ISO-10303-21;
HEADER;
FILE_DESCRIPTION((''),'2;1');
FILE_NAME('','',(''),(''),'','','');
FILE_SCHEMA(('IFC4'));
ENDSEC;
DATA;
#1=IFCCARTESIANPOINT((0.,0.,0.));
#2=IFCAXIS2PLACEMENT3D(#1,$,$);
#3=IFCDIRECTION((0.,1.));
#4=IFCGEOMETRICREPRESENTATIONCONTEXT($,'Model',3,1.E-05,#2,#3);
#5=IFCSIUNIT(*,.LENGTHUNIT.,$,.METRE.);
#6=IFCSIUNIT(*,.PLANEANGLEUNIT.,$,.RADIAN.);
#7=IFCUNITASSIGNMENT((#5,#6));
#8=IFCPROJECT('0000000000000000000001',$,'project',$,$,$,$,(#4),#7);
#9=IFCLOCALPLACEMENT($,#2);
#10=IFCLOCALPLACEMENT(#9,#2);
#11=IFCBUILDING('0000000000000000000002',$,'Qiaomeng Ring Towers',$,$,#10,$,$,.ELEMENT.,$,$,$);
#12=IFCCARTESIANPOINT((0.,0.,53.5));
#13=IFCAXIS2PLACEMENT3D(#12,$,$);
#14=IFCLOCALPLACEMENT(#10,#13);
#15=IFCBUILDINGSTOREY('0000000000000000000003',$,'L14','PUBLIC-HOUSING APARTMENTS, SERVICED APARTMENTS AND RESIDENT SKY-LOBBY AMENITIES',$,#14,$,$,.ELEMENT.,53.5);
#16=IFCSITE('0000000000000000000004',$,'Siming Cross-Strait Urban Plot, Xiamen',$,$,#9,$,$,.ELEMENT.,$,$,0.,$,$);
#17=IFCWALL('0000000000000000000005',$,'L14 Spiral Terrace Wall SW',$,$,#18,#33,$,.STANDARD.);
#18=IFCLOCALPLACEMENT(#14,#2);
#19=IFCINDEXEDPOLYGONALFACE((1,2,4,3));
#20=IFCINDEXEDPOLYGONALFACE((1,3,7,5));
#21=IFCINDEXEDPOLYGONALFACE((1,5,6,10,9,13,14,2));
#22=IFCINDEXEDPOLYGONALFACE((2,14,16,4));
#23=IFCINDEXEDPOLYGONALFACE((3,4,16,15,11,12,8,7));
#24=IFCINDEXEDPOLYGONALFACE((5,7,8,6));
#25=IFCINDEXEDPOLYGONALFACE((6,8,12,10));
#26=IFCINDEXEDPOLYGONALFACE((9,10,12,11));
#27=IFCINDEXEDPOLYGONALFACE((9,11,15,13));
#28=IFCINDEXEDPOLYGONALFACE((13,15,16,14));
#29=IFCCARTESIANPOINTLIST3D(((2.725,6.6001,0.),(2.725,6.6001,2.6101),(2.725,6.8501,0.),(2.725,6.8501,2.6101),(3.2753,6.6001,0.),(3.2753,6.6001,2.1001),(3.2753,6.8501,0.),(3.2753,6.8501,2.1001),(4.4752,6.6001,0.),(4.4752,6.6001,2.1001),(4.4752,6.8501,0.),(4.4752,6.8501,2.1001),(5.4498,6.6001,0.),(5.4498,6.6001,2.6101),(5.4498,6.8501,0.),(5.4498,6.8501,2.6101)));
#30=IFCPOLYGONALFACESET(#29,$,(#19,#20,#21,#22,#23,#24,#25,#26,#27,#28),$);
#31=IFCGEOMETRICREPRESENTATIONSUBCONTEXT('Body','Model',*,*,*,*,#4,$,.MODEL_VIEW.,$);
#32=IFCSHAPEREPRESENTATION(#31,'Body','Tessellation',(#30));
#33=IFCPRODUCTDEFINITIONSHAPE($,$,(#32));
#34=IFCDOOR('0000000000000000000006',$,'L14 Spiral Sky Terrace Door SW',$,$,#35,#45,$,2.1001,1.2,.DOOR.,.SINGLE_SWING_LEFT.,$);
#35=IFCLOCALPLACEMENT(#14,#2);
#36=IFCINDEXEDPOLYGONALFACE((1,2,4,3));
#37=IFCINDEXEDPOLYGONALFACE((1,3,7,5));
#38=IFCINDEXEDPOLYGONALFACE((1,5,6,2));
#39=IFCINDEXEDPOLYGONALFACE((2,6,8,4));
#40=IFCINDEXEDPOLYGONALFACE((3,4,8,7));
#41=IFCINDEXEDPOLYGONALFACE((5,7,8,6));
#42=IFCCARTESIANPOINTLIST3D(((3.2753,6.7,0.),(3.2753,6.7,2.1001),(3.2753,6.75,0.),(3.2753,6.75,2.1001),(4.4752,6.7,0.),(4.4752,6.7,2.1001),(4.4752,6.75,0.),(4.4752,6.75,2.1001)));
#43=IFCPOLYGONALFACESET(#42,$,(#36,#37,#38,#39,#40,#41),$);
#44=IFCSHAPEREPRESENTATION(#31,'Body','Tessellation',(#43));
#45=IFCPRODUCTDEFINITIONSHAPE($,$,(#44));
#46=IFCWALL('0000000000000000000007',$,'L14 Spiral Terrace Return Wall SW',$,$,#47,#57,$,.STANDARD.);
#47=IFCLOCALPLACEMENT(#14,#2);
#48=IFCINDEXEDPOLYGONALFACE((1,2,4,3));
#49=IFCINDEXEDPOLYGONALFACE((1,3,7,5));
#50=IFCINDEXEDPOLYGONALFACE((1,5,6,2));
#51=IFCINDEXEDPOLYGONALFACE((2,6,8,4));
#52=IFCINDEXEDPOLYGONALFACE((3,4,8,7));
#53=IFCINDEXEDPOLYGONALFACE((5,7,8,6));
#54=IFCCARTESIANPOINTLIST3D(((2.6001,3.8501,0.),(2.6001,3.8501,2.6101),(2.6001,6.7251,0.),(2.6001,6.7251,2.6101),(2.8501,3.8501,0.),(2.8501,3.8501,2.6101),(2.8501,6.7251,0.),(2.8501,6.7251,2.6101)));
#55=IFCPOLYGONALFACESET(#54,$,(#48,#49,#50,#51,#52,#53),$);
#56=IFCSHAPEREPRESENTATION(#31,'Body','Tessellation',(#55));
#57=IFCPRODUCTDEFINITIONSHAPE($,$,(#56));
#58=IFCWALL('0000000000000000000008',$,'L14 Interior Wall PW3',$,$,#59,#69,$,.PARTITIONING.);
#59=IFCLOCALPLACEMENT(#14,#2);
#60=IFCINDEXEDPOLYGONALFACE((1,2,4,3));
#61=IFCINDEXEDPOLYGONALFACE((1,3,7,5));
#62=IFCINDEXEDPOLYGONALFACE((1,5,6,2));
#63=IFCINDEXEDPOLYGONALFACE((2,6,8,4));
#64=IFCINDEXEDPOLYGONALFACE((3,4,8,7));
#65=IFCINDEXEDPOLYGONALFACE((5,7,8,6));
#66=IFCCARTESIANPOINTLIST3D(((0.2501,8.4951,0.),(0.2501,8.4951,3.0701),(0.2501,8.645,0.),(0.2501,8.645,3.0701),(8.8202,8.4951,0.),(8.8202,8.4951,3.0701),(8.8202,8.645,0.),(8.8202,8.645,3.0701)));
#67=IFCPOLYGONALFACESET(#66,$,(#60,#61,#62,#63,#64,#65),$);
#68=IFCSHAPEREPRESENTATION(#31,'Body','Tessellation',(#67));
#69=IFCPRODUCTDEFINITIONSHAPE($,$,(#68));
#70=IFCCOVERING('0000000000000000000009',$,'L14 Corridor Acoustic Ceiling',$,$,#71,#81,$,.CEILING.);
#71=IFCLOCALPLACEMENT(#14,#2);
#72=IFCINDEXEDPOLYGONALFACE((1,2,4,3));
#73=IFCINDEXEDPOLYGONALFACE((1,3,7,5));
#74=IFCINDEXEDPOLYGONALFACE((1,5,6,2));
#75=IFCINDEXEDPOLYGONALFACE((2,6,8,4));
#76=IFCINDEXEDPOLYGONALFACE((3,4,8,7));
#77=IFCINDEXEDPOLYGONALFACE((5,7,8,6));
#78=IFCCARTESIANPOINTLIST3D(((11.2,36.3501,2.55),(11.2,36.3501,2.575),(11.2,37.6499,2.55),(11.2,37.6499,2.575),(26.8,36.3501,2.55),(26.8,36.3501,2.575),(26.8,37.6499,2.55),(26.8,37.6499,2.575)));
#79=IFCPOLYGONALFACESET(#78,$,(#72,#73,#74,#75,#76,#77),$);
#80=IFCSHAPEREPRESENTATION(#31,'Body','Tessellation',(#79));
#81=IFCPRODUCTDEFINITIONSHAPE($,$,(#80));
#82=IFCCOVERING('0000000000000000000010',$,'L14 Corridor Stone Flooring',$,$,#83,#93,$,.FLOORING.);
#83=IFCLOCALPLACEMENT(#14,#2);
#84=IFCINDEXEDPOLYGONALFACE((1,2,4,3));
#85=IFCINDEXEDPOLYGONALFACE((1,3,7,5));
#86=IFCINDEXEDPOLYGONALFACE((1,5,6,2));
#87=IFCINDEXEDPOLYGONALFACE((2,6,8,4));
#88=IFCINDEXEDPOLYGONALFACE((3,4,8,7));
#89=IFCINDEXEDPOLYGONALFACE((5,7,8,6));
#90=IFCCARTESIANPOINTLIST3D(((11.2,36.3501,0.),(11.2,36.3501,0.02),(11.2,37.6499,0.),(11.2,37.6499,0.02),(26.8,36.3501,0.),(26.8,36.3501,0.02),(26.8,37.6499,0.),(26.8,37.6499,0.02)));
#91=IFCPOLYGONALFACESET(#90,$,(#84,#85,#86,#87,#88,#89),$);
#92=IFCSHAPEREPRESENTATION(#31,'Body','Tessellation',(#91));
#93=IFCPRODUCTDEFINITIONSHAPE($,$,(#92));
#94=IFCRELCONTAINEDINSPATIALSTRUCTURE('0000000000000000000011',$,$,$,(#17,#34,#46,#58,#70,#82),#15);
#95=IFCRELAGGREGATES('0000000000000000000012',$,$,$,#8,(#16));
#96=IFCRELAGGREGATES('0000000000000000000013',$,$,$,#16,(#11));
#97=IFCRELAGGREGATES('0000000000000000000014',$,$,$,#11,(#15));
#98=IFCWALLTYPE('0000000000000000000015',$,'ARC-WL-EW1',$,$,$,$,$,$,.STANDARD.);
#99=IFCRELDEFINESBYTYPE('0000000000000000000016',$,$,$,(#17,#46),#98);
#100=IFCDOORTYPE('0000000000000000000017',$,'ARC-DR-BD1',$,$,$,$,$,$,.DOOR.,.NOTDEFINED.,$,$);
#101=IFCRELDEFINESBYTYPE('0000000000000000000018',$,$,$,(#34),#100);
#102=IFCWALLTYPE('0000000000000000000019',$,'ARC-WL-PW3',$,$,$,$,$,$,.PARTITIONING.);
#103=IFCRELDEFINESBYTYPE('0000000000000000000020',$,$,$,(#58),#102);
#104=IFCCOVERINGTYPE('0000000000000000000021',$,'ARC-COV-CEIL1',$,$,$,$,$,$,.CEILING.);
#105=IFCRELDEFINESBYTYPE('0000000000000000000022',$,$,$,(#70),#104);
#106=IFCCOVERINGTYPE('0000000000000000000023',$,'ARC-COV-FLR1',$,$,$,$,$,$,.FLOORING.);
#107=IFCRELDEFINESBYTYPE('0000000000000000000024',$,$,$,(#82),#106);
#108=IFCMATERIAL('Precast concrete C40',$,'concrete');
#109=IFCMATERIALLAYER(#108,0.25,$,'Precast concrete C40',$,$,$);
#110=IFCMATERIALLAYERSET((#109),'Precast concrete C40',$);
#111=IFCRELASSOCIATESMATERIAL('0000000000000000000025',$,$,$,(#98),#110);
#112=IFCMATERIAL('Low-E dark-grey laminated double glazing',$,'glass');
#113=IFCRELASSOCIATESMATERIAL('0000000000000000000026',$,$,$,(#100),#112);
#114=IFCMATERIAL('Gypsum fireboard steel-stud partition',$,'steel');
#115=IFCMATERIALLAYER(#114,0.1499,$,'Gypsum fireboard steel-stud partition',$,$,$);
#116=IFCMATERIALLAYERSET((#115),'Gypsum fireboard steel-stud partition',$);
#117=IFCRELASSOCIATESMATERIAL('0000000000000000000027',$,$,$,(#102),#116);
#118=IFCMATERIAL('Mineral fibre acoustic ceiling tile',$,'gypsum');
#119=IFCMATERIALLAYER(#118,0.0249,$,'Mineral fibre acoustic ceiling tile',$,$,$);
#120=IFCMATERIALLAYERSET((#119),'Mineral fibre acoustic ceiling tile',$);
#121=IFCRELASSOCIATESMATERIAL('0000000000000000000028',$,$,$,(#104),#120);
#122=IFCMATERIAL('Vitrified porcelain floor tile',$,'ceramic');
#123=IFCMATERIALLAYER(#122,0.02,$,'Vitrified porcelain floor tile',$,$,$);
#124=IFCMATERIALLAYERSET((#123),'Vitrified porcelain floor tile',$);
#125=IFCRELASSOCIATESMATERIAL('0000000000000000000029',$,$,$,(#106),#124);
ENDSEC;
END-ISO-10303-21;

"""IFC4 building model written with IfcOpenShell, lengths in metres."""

from ifc_helpers import new_model, si_unit, direction, frame, frame_2d, origin, place, context, subcontext, project, spatial, polyline, rectangle, outline, extrude, source, transform, mapped, material, layer, layer_set, type_object, element, fill, save


model = new_model("IFC4")

# Units and contexts
model_context = context("Model", 3, precision=1e-05, world=origin(), true_north=direction((0.0, 1.0)))
body_context = subcontext(model_context, "Body", "Model", "MODEL_VIEW")
ifc_project = project(units=[si_unit("LENGTHUNIT", "METRE"), si_unit("PLANEANGLEUNIT", "RADIAN")], contexts=[model_context])

# Site, building, storey
site_placement = place(None, origin())
site = spatial("IfcSite", under=ifc_project, at=site_placement, Name="Siming Cross-Strait Urban Plot, Xiamen", CompositionType="ELEMENT", RefElevation=0.0)
building_placement = place(site_placement, origin())
building = spatial("IfcBuilding", under=site, at=building_placement, Name="Qiaomeng Ring Towers", CompositionType="ELEMENT")
storey_placement = place(building_placement, frame((0.0, 0.0, 53.5)))
storey = spatial("IfcBuildingStorey", under=building, at=storey_placement, Name="L14", Description="PUBLIC-HOUSING APARTMENTS, SERVICED APARTMENTS AND RESIDENT SKY-LOBBY AMENITIES", CompositionType="ELEMENT", Elevation=53.5)

# Shared definitions
ifc_material_1 = material(Name="Precast concrete C40", Category="concrete")
ifc_layer_1 = layer(ifc_material_1, 0.25, Name="Precast concrete C40")
ifc_layer_set_1 = layer_set([ifc_layer_1], Name="Precast concrete C40")
wall_type_1 = type_object("IfcWallType", Name="ARC-WL-EW1", PredefinedType="STANDARD", material=ifc_layer_set_1)
ifc_material_2 = material(Name="Low-E dark-grey laminated double glazing", Category="glass")
door_type = type_object("IfcDoorType", Name="ARC-DR-BD1", OperationType="NOTDEFINED", PredefinedType="DOOR", material=ifc_material_2)
shared_shape_1 = source(origin(), body_context, "Body", "SweptSolid", [
    extrude(rectangle(XDim=1.2, YDim=2.1001, at=frame_2d((0.6001, 1.05))), frame((0.0, 0.0249, 0.0), z_axis=(0.0, -1.0, 0.0), x_axis=(1.0, 0.0, 0.0)), (0.0, 0.0, 1.0), 0.05),
])

# Wall, opening, door
wall_1_placement = place(storey_placement, frame((2.7251, 6.7251, 0.0), z_axis=(0.0, 0.0, 1.0), x_axis=(1.0, 0.0, 0.0)))
wall_1 = element("IfcWall", 1, at=wall_1_placement, inside=storey, type_object=wall_type_1, Name="L14 Spiral Terrace Wall SW", PredefinedType="STANDARD", context=body_context, shape_type="SweptSolid", body=[
    extrude(rectangle(XDim=2.7249, YDim=0.25, at=frame_2d((1.3623, 0.0))), origin(), (0.0, 0.0, 1.0), 2.6101),
])
opening_1_placement = place(wall_1_placement, frame((0.55, 0.0, 0.0)))
opening_1 = element("IfcOpeningElement", 2, at=opening_1_placement, cuts=wall_1, PredefinedType="OPENING", context=body_context, shape_type="SweptSolid", body=[
    extrude(rectangle(XDim=1.2, YDim=2.1001, at=frame_2d((0.6001, 1.05))), frame((0.0, 0.135, 0.0), z_axis=(0.0, -1.0, 0.0), x_axis=(1.0, 0.0, 0.0)), (0.0, 0.0, 1.0), 0.27),
])
door_1_placement = place(opening_1_placement, origin())
door_1 = element("IfcDoor", 3, at=door_1_placement, inside=storey, type_object=door_type, Name="L14 Spiral Sky Terrace Door SW", OperationType="SINGLE_SWING_LEFT", OverallHeight=2.1001, OverallWidth=1.2, PredefinedType="DOOR", context=body_context, shape_type="MappedRepresentation", body=[
    mapped(shared_shape_1, transform((0.0, 0.0, 0.0), x_axis=(1.0, 0.0, 0.0), y_axis=(0.0, 1.0, 0.0), z_axis=(0.0, 0.0, 1.0), scale=1.0)),
])
fill(opening_1, door_1)

# Walls
wall_2_placement = place(storey_placement, frame((2.7251, 3.8501, 0.0), z_axis=(0.0, 0.0, 1.0), x_axis=(0.0, 1.0, 0.0)))
element("IfcWall", 4, at=wall_2_placement, inside=storey, type_object=wall_type_1, Name="L14 Spiral Terrace Return Wall SW", PredefinedType="STANDARD", context=body_context, shape_type="SweptSolid", body=[
    extrude(rectangle(XDim=2.875, YDim=0.25, at=frame_2d((1.4375, 0.0))), origin(), (0.0, 0.0, 1.0), 2.6101),
])
ifc_material_3 = material(Name="Gypsum fireboard steel-stud partition", Category="steel")
ifc_layer_2 = layer(ifc_material_3, 0.1499, Name="Gypsum fireboard steel-stud partition")
ifc_layer_set_2 = layer_set([ifc_layer_2], Name="Gypsum fireboard steel-stud partition")
wall_type_2 = type_object("IfcWallType", Name="ARC-WL-PW3", PredefinedType="PARTITIONING", material=ifc_layer_set_2)
wall_3_placement = place(storey_placement, frame((0.25, 8.5701, 0.0), z_axis=(0.0, 0.0, 1.0), x_axis=(1.0, 0.0, 0.0)))
element("IfcWall", 5, at=wall_3_placement, inside=storey, type_object=wall_type_2, Name="L14 Interior Wall PW3", PredefinedType="PARTITIONING", context=body_context, shape_type="SweptSolid", body=[
    extrude(rectangle(XDim=8.5701, YDim=0.1499, at=frame_2d((4.2852, 0.0))), origin(), (0.0, 0.0, 1.0), 3.0701),
])

# Coverings
ifc_material_4 = material(Name="Mineral fibre acoustic ceiling tile", Category="gypsum")
ifc_layer_3 = layer(ifc_material_4, 0.0249, Name="Mineral fibre acoustic ceiling tile")
ifc_layer_set_3 = layer_set([ifc_layer_3], Name="Mineral fibre acoustic ceiling tile")
covering_type_1 = type_object("IfcCoveringType", Name="ARC-COV-CEIL1", PredefinedType="CEILING", material=ifc_layer_set_3)
covering_1_placement = place(storey_placement, frame((0.0, 0.0, 2.55)))
element("IfcCovering", 6, at=covering_1_placement, inside=storey, type_object=covering_type_1, Name="L14 Corridor Acoustic Ceiling", PredefinedType="CEILING", context=body_context, shape_type="SweptSolid", body=[
    extrude(outline(polyline([(11.2, 36.3501), (11.2, 37.6499), (26.8, 37.6499), (26.8, 36.3501), (11.2, 36.3501)])), origin(), (0.0, 0.0, 1.0), 0.0249),
])
ifc_material_5 = material(Name="Vitrified porcelain floor tile", Category="ceramic")
ifc_layer_4 = layer(ifc_material_5, 0.02, Name="Vitrified porcelain floor tile")
ifc_layer_set_4 = layer_set([ifc_layer_4], Name="Vitrified porcelain floor tile")
covering_type_2 = type_object("IfcCoveringType", Name="ARC-COV-FLR1", PredefinedType="FLOORING", material=ifc_layer_set_4)
covering_2_placement = place(storey_placement, origin())
element("IfcCovering", 7, at=covering_2_placement, inside=storey, type_object=covering_type_2, Name="L14 Corridor Stone Flooring", PredefinedType="FLOORING", context=body_context, shape_type="SweptSolid", body=[
    extrude(outline(polyline([(11.2, 36.3501), (11.2, 37.6499), (26.8, 37.6499), (26.8, 36.3501), (11.2, 36.3501)])), origin(), (0.0, 0.0, 1.0), 0.02),
])

save(model, "model.ifc")
